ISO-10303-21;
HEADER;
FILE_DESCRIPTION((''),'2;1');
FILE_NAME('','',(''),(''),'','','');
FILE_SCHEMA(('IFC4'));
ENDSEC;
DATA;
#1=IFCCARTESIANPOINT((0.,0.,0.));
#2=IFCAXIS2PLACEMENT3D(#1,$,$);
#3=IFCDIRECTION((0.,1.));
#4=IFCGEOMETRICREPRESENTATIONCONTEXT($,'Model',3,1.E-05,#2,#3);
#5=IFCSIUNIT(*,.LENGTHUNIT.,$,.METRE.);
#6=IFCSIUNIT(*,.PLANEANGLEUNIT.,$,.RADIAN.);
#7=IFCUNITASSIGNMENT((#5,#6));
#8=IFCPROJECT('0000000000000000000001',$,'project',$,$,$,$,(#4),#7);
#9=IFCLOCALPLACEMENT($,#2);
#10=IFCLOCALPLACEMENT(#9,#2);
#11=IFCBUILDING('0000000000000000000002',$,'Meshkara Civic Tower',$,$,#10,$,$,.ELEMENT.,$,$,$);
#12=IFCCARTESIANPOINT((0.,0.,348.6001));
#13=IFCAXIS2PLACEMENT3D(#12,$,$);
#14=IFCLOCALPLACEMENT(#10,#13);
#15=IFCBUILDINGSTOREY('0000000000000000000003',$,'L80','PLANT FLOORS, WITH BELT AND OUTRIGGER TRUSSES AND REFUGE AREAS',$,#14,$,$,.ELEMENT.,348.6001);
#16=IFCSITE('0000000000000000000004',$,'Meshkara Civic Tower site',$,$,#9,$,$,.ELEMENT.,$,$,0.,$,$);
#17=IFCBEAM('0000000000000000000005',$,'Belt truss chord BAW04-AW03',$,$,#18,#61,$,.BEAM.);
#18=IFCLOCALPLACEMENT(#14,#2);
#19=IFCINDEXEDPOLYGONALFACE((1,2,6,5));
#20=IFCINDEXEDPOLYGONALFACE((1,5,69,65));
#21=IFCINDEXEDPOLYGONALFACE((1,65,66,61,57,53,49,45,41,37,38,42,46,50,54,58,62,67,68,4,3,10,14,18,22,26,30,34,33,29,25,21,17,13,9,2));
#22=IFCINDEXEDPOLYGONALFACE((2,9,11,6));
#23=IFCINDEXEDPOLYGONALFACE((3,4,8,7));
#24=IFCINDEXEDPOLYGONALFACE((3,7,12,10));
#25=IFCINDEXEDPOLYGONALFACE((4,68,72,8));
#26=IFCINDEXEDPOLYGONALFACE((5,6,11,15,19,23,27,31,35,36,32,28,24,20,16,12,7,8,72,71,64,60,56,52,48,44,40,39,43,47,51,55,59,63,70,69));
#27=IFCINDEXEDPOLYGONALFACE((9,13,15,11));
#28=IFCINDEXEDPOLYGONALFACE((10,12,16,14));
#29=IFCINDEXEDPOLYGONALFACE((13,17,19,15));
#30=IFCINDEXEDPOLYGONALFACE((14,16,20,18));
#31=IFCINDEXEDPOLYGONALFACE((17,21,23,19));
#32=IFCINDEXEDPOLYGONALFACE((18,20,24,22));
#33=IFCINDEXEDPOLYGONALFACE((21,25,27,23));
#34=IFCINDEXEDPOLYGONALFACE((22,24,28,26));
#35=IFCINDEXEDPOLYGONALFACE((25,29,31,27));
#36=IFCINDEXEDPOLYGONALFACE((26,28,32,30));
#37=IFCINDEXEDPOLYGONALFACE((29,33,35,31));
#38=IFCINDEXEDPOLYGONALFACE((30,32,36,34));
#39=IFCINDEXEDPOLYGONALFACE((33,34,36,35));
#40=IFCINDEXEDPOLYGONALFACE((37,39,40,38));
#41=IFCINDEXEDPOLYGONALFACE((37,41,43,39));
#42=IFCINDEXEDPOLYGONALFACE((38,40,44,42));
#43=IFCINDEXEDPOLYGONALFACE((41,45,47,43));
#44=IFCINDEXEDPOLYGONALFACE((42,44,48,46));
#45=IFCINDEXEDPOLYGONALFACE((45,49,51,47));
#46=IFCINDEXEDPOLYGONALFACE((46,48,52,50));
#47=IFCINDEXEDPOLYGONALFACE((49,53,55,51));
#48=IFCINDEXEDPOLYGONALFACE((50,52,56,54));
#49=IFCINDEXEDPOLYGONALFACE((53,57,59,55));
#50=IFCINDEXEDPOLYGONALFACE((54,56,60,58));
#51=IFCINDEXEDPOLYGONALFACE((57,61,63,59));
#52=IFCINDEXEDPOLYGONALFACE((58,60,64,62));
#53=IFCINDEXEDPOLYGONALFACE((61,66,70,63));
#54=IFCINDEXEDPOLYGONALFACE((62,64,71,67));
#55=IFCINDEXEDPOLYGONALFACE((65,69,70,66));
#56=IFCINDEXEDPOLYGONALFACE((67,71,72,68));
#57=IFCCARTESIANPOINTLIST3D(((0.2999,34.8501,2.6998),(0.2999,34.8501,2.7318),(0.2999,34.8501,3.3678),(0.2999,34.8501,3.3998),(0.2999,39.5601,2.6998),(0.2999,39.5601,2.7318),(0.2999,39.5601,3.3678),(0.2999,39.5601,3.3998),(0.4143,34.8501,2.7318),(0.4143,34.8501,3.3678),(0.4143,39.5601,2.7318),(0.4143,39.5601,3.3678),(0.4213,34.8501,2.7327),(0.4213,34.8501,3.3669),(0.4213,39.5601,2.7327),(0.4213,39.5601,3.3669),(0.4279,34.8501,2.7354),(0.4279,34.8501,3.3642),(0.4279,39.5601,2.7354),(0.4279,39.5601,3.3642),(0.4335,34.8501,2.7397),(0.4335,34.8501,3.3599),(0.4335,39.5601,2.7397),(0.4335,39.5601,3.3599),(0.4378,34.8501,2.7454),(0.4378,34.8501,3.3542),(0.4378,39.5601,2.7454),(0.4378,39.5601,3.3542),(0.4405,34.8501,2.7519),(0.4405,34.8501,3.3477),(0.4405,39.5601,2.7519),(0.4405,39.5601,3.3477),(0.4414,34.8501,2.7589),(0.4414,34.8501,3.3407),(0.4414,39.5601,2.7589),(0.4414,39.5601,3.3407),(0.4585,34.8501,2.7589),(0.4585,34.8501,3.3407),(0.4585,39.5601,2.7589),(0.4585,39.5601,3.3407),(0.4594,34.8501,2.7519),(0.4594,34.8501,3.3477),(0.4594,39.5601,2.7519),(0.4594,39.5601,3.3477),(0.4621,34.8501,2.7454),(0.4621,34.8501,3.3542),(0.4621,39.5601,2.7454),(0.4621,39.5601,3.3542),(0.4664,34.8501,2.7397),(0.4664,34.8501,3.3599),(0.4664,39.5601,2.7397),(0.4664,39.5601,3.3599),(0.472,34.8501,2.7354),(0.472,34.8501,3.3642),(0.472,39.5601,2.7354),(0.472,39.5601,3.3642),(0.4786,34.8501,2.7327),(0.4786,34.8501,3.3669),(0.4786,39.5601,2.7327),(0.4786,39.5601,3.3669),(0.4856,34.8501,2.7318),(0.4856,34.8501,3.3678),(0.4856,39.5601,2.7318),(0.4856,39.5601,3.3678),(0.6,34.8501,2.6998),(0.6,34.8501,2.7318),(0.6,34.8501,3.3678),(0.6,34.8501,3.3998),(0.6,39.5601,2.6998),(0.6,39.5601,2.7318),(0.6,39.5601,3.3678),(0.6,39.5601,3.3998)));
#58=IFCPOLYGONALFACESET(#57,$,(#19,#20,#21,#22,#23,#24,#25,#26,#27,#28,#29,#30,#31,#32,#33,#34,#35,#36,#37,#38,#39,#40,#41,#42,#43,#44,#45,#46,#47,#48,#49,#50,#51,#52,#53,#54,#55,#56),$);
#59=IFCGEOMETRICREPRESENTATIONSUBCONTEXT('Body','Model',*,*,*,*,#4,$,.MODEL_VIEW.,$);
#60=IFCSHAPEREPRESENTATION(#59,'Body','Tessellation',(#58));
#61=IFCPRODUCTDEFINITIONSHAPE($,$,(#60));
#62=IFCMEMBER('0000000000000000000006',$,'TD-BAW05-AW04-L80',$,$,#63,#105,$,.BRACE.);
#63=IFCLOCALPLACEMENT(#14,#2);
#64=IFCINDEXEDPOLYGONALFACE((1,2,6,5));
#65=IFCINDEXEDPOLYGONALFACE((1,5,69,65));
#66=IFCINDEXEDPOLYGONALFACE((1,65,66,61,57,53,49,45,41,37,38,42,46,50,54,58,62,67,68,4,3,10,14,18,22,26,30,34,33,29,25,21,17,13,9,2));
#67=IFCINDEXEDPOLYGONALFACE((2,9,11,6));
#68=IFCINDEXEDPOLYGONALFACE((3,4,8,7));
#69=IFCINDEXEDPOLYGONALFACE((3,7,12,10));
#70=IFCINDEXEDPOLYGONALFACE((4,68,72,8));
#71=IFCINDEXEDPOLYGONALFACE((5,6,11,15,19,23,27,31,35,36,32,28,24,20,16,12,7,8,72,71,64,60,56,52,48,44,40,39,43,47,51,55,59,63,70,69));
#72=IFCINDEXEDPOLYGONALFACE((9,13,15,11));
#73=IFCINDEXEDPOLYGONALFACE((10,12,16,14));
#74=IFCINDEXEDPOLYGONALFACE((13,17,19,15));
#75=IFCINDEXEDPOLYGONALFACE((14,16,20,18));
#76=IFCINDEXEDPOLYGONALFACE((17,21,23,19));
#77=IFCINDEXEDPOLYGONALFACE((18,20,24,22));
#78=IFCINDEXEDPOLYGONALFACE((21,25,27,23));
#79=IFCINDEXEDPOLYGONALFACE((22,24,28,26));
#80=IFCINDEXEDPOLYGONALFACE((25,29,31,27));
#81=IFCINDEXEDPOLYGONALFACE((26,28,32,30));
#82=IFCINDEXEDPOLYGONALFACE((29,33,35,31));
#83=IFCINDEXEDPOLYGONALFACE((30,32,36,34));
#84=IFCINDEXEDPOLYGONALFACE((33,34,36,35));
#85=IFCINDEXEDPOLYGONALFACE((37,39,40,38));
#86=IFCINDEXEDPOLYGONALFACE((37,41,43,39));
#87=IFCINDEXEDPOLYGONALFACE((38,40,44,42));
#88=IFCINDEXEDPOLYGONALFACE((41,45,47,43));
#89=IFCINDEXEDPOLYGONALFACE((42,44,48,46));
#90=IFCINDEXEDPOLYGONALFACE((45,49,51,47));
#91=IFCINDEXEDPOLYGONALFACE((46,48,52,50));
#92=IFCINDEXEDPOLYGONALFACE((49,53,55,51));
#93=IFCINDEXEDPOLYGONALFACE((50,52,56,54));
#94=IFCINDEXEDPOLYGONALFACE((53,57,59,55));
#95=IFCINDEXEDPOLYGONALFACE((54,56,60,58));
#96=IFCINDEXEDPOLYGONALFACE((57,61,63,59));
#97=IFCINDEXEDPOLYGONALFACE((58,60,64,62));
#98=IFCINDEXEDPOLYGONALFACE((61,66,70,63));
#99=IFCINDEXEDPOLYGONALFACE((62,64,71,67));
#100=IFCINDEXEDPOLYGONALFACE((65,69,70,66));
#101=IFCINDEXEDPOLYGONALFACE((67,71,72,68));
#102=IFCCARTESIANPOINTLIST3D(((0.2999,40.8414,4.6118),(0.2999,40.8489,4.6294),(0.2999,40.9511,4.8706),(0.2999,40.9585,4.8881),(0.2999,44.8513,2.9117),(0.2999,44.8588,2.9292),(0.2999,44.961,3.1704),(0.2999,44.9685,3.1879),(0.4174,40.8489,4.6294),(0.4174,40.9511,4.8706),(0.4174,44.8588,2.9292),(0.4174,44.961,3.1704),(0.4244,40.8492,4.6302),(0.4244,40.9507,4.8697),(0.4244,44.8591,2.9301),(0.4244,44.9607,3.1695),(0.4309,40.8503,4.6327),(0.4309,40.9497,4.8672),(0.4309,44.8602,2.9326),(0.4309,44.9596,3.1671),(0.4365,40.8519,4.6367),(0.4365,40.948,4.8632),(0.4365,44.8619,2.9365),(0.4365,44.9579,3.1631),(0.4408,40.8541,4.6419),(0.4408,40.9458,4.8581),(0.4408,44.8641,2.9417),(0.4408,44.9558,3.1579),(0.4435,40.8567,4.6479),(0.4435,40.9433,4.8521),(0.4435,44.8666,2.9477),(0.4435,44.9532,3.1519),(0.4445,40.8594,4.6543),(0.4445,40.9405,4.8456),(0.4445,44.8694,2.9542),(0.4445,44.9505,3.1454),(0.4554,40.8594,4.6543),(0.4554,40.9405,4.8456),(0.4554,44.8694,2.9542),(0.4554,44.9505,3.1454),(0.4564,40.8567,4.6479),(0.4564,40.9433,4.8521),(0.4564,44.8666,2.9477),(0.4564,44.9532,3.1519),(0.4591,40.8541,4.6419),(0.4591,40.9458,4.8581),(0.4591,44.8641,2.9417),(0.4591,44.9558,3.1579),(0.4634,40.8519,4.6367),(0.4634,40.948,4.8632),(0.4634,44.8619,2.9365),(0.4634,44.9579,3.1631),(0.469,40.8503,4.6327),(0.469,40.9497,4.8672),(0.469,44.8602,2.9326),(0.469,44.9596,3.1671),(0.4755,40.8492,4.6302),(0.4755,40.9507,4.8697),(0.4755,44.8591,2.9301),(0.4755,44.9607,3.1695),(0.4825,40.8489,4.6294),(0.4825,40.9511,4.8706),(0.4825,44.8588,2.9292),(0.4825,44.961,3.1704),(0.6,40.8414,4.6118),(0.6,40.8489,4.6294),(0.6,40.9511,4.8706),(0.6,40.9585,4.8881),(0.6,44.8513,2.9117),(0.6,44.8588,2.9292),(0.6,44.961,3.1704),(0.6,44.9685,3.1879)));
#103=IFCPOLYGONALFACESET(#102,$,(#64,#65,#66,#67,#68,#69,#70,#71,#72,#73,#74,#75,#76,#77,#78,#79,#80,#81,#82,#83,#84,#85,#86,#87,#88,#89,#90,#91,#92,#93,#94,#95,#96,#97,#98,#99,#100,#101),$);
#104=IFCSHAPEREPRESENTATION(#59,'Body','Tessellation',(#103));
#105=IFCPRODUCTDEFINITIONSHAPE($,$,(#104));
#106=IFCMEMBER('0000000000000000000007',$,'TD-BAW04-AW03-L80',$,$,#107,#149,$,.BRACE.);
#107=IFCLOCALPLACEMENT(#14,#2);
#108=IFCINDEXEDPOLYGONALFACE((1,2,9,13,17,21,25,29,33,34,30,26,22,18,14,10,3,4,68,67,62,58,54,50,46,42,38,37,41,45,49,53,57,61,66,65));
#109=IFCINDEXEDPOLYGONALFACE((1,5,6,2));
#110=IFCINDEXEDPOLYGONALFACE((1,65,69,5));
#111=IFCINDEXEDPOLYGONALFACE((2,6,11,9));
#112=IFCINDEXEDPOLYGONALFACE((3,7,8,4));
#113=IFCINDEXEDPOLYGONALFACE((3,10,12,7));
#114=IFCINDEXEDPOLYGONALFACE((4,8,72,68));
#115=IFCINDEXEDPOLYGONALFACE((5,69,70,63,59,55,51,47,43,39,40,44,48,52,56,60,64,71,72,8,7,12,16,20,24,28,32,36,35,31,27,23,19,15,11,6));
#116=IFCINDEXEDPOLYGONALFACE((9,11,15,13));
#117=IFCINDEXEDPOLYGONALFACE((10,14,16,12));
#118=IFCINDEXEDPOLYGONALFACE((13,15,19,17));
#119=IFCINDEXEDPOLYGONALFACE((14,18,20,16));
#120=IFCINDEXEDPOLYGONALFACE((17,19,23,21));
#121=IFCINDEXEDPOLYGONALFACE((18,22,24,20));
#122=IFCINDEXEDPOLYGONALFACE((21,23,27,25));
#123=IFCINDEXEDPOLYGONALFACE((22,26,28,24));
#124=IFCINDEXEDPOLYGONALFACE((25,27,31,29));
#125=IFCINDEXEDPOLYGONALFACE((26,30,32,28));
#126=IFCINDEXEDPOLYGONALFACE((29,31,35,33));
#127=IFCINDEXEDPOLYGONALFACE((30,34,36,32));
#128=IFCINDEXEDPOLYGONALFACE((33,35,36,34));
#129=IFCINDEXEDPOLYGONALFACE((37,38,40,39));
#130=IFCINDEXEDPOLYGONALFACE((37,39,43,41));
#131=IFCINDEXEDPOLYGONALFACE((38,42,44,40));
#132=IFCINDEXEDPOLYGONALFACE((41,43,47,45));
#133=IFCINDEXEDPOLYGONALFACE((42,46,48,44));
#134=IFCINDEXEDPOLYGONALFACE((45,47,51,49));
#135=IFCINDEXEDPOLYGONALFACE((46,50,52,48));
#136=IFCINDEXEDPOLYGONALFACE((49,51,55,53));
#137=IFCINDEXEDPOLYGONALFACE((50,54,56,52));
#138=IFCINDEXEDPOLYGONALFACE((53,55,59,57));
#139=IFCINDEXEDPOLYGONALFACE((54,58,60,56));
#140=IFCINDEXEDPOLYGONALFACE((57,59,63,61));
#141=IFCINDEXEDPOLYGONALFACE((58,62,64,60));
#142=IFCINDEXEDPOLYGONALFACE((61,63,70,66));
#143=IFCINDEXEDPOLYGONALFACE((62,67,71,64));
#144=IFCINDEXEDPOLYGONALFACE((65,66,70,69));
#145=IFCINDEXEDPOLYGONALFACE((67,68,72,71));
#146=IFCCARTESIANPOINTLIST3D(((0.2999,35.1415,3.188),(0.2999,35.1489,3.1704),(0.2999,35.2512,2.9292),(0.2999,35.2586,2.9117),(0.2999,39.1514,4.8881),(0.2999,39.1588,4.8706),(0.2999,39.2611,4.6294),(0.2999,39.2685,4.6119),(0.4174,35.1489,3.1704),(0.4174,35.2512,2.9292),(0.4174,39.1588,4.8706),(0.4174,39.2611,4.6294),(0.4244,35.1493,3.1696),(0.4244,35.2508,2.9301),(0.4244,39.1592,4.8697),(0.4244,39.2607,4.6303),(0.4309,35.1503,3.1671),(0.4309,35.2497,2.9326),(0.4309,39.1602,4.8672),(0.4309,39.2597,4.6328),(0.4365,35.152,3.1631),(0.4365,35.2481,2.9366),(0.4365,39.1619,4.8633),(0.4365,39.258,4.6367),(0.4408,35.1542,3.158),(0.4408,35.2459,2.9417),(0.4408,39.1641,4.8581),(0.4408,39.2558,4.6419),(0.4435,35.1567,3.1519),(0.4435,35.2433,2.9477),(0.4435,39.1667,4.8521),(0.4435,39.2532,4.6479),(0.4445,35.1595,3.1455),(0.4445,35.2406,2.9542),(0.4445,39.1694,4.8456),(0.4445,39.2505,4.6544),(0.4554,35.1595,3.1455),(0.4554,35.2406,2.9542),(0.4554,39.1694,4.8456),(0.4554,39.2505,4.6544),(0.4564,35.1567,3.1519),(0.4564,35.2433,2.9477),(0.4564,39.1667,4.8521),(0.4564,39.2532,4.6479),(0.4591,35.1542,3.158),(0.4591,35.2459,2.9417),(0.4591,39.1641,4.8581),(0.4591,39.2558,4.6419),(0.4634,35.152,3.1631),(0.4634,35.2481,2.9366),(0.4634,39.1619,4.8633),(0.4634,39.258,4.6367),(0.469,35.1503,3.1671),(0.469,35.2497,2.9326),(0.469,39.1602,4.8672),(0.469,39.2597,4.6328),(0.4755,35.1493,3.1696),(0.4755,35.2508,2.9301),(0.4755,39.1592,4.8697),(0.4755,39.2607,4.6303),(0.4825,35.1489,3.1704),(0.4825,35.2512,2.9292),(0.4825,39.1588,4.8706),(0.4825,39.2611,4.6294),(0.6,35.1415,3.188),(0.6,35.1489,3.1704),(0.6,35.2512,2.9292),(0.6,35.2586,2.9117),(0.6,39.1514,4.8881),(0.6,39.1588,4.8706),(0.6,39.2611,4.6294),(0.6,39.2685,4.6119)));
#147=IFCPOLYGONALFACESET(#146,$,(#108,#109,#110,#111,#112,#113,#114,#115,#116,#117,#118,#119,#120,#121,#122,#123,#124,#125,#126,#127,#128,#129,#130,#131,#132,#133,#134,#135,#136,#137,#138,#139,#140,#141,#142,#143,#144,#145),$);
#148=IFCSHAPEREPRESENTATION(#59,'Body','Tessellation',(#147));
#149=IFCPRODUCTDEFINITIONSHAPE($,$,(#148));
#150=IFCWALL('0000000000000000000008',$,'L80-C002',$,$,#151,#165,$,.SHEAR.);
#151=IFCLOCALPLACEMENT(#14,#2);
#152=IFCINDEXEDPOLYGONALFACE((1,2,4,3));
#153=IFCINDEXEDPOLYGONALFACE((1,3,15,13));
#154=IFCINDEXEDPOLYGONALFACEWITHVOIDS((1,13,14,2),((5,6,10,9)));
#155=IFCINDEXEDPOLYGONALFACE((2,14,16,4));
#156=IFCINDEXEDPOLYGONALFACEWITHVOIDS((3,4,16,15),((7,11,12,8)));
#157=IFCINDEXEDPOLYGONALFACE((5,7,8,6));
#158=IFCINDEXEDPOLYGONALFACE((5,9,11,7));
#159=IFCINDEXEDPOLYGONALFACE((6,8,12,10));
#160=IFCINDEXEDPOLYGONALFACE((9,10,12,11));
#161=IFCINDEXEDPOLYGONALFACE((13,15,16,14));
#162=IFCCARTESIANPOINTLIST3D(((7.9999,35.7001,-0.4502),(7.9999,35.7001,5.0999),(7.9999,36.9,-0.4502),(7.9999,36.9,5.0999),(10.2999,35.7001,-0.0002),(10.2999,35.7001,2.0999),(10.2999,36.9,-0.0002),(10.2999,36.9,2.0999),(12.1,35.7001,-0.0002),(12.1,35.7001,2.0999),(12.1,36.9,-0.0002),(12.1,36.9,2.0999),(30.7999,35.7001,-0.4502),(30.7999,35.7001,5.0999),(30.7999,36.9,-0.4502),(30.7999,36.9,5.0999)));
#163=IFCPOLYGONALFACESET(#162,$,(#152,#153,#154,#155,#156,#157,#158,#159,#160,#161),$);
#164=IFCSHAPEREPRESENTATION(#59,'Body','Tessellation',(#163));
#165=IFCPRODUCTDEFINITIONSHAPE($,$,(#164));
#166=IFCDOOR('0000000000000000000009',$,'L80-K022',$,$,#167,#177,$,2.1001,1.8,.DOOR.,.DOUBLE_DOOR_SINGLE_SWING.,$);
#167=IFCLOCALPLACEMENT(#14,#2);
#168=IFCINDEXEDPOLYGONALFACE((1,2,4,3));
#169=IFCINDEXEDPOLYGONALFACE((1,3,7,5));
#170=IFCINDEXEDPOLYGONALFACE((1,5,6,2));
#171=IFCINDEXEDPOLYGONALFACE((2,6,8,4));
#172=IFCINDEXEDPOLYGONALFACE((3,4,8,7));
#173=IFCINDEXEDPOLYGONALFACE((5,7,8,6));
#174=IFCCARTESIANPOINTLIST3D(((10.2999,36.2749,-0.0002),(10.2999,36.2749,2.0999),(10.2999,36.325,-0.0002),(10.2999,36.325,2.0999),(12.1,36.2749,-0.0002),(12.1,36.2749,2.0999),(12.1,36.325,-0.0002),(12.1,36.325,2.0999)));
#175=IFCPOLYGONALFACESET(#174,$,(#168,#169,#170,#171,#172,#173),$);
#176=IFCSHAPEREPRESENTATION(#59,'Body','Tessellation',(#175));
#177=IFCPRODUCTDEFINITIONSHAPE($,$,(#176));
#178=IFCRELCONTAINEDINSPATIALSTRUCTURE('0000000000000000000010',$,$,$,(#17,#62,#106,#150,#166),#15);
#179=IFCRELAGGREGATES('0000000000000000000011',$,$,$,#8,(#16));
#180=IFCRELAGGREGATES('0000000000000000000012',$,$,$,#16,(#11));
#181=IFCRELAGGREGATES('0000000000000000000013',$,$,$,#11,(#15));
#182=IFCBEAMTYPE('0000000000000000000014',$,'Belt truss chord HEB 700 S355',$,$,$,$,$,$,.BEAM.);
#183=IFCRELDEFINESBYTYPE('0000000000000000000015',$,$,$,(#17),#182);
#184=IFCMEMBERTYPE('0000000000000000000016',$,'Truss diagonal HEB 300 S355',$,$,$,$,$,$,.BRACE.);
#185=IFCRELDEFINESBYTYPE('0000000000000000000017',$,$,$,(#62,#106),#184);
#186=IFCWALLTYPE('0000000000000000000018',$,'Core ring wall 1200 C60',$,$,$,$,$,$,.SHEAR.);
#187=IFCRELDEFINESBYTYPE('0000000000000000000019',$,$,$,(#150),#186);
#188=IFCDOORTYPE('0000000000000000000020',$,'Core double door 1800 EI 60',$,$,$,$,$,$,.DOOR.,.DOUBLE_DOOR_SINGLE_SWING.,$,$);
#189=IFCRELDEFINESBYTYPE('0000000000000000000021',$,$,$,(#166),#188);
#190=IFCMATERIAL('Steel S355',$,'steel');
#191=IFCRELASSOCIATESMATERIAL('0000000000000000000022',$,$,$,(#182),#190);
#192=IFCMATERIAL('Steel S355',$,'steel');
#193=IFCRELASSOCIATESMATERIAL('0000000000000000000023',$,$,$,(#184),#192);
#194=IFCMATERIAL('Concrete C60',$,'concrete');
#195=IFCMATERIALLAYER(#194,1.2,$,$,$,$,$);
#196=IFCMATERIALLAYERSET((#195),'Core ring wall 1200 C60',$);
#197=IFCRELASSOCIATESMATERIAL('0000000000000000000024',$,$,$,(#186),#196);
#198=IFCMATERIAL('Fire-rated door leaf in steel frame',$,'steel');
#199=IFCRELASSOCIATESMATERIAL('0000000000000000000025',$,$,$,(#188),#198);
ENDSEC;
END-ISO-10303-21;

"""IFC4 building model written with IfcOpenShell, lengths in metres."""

from ifc_helpers import new_model, si_unit, direction, frame, frame_2d, origin, origin_2d, place, context, subcontext, project, spatial, rectangle, i_section, extrude, material, layer, layer_set, material_profile, profile_set, type_object, element, fill, save


model = new_model("IFC4")

# Units and contexts
model_context = context("Model", 3, precision=1e-05, world=origin(), true_north=direction((0.0, 1.0)))
body_context = subcontext(model_context, "Body", "Model", "MODEL_VIEW")
ifc_project = project(units=[si_unit("LENGTHUNIT", "METRE"), si_unit("PLANEANGLEUNIT", "RADIAN")], contexts=[model_context])

# Site, building, storey
site_placement = place(None, origin())
site = spatial("IfcSite", under=ifc_project, at=site_placement, Name="Meshkara Civic Tower site", CompositionType="ELEMENT", RefElevation=0.0)
building_placement = place(site_placement, origin())
building = spatial("IfcBuilding", under=site, at=building_placement, Name="Meshkara Civic Tower", CompositionType="ELEMENT")
storey_placement = place(building_placement, frame((0.0, 0.0, 348.6001)))
storey = spatial("IfcBuildingStorey", under=building, at=storey_placement, Name="L80", Description="PLANT FLOORS, WITH BELT AND OUTRIGGER TRUSSES AND REFUGE AREAS", CompositionType="ELEMENT", Elevation=348.6001)

# Beam
ifc_material_1 = material(Name="Steel S355", Category="steel")
ifc_material_profile_1 = material_profile(ifc_material_1, i_section(OverallWidth=0.3, OverallDepth=0.7, WebThickness=0.0171, FlangeThickness=0.032, FilletRadius=0.0271, at=origin_2d()))
ifc_profile_set_1 = profile_set([ifc_material_profile_1], Name="Steel S355")
beam_type = type_object("IfcBeamType", Name="Belt truss chord HEB 700 S355", PredefinedType="BEAM", material=ifc_profile_set_1)
for number, where, z_axis, x_axis, name in (
    (1, (0.45, 39.5601, 3.0498), (0.0, -1.0, 0.0), (1.0, 0.0, 0.0), "Belt truss chord BAW04-AW03"),
):
    element("IfcBeam", number, at=place(storey_placement, frame(where, z_axis=z_axis, x_axis=x_axis)), inside=storey, type_object=beam_type, Name=name, PredefinedType="BEAM", context=body_context, shape_type="SweptSolid", body=[
        extrude(i_section(OverallWidth=0.3, OverallDepth=0.7, WebThickness=0.0171, FlangeThickness=0.032, FilletRadius=0.0271, at=origin_2d()), origin(), (0.0, 0.0, 1.0), 4.71),
    ])

# Members
ifc_material_2 = material(Name="Steel S355", Category="steel")
ifc_material_profile_2 = material_profile(ifc_material_2, i_section(OverallWidth=0.3, OverallDepth=0.3, WebThickness=0.011, FlangeThickness=0.019, FilletRadius=0.0271, at=origin_2d()))
ifc_profile_set_2 = profile_set([ifc_material_profile_2], Name="Steel S355")
member_type = type_object("IfcMemberType", Name="Truss diagonal HEB 300 S355", PredefinedType="BRACE", material=ifc_profile_set_2)
for number, where, z_axis, x_axis, name in (
    (2, (0.45, 44.9099, 3.0498), (0.0, -0.920666, 0.390351), (1.0, 0.0, 0.0), "TD-BAW05-AW04-L80"),
    (3, (0.45, 39.21, 4.75), (0.0, -0.920666, -0.390351), (1.0, 0.0, 0.0), "TD-BAW04-AW03-L80"),
):
    element("IfcMember", number, at=place(storey_placement, frame(where, z_axis=z_axis, x_axis=x_axis)), inside=storey, type_object=member_type, Name=name, PredefinedType="BRACE", context=body_context, shape_type="SweptSolid", body=[
        extrude(i_section(OverallWidth=0.3, OverallDepth=0.3, WebThickness=0.011, FlangeThickness=0.019, FilletRadius=0.0271, at=origin_2d()), origin(), (0.0, 0.0, 1.0), 4.3555),
    ])

# Wall, opening, door
ifc_material_3 = material(Name="Concrete C60", Category="concrete")
ifc_layer_1 = layer(ifc_material_3, 1.2)
ifc_layer_set_1 = layer_set([ifc_layer_1], Name="Core ring wall 1200 C60")
wall_type_1 = type_object("IfcWallType", Name="Core ring wall 1200 C60", PredefinedType="SHEAR", material=ifc_layer_set_1)
wall_1_placement = place(storey_placement, frame((8.0, 36.3, -0.4502), z_axis=(0.0, 0.0, 1.0), x_axis=(1.0, 0.0, 0.0)))
wall_1 = element("IfcWall", 4, at=wall_1_placement, inside=storey, type_object=wall_type_1, Name="L80-C002", PredefinedType="SHEAR", context=body_context, shape_type="SweptSolid", body=[
    extrude(rectangle(XDim=22.8, YDim=1.2, at=frame_2d((11.3999, 0.0))), origin(), (0.0, 0.0, 1.0), 5.55),
])
opening_1_placement = place(wall_1_placement, frame((2.3, 0.0, 0.45)))
opening_1 = element("IfcOpeningElement", 5, at=opening_1_placement, cuts=wall_1, PredefinedType="OPENING", context=body_context, shape_type="SweptSolid", body=[
    extrude(rectangle(XDim=1.8, YDim=2.1001, at=frame_2d((0.8999, 1.05))), frame((0.0, 0.6099, 0.0), z_axis=(0.0, -1.0, 0.0), x_axis=(1.0, 0.0, 0.0)), (0.0, 0.0, 1.0), 1.22),
])
ifc_material_4 = material(Name="Fire-rated door leaf in steel frame", Category="steel")
door_type_1 = type_object("IfcDoorType", Name="Core double door 1800 EI 60", OperationType="DOUBLE_DOOR_SINGLE_SWING", PredefinedType="DOOR", material=ifc_material_4)
door_1_placement = place(opening_1_placement, origin())
door_1 = element("IfcDoor", 6, at=door_1_placement, inside=storey, type_object=door_type_1, Name="L80-K022", OperationType="DOUBLE_DOOR_SINGLE_SWING", OverallHeight=2.1001, OverallWidth=1.8, PredefinedType="DOOR", context=body_context, shape_type="SweptSolid", body=[
    extrude(rectangle(XDim=1.8, YDim=2.1001, at=frame_2d((0.8999, 1.05))), frame((0.0, 0.0249, 0.0), z_axis=(0.0, -1.0, 0.0), x_axis=(1.0, 0.0, 0.0)), (0.0, 0.0, 1.0), 0.05),
])
fill(opening_1, door_1)

save(model, "model.ifc")
